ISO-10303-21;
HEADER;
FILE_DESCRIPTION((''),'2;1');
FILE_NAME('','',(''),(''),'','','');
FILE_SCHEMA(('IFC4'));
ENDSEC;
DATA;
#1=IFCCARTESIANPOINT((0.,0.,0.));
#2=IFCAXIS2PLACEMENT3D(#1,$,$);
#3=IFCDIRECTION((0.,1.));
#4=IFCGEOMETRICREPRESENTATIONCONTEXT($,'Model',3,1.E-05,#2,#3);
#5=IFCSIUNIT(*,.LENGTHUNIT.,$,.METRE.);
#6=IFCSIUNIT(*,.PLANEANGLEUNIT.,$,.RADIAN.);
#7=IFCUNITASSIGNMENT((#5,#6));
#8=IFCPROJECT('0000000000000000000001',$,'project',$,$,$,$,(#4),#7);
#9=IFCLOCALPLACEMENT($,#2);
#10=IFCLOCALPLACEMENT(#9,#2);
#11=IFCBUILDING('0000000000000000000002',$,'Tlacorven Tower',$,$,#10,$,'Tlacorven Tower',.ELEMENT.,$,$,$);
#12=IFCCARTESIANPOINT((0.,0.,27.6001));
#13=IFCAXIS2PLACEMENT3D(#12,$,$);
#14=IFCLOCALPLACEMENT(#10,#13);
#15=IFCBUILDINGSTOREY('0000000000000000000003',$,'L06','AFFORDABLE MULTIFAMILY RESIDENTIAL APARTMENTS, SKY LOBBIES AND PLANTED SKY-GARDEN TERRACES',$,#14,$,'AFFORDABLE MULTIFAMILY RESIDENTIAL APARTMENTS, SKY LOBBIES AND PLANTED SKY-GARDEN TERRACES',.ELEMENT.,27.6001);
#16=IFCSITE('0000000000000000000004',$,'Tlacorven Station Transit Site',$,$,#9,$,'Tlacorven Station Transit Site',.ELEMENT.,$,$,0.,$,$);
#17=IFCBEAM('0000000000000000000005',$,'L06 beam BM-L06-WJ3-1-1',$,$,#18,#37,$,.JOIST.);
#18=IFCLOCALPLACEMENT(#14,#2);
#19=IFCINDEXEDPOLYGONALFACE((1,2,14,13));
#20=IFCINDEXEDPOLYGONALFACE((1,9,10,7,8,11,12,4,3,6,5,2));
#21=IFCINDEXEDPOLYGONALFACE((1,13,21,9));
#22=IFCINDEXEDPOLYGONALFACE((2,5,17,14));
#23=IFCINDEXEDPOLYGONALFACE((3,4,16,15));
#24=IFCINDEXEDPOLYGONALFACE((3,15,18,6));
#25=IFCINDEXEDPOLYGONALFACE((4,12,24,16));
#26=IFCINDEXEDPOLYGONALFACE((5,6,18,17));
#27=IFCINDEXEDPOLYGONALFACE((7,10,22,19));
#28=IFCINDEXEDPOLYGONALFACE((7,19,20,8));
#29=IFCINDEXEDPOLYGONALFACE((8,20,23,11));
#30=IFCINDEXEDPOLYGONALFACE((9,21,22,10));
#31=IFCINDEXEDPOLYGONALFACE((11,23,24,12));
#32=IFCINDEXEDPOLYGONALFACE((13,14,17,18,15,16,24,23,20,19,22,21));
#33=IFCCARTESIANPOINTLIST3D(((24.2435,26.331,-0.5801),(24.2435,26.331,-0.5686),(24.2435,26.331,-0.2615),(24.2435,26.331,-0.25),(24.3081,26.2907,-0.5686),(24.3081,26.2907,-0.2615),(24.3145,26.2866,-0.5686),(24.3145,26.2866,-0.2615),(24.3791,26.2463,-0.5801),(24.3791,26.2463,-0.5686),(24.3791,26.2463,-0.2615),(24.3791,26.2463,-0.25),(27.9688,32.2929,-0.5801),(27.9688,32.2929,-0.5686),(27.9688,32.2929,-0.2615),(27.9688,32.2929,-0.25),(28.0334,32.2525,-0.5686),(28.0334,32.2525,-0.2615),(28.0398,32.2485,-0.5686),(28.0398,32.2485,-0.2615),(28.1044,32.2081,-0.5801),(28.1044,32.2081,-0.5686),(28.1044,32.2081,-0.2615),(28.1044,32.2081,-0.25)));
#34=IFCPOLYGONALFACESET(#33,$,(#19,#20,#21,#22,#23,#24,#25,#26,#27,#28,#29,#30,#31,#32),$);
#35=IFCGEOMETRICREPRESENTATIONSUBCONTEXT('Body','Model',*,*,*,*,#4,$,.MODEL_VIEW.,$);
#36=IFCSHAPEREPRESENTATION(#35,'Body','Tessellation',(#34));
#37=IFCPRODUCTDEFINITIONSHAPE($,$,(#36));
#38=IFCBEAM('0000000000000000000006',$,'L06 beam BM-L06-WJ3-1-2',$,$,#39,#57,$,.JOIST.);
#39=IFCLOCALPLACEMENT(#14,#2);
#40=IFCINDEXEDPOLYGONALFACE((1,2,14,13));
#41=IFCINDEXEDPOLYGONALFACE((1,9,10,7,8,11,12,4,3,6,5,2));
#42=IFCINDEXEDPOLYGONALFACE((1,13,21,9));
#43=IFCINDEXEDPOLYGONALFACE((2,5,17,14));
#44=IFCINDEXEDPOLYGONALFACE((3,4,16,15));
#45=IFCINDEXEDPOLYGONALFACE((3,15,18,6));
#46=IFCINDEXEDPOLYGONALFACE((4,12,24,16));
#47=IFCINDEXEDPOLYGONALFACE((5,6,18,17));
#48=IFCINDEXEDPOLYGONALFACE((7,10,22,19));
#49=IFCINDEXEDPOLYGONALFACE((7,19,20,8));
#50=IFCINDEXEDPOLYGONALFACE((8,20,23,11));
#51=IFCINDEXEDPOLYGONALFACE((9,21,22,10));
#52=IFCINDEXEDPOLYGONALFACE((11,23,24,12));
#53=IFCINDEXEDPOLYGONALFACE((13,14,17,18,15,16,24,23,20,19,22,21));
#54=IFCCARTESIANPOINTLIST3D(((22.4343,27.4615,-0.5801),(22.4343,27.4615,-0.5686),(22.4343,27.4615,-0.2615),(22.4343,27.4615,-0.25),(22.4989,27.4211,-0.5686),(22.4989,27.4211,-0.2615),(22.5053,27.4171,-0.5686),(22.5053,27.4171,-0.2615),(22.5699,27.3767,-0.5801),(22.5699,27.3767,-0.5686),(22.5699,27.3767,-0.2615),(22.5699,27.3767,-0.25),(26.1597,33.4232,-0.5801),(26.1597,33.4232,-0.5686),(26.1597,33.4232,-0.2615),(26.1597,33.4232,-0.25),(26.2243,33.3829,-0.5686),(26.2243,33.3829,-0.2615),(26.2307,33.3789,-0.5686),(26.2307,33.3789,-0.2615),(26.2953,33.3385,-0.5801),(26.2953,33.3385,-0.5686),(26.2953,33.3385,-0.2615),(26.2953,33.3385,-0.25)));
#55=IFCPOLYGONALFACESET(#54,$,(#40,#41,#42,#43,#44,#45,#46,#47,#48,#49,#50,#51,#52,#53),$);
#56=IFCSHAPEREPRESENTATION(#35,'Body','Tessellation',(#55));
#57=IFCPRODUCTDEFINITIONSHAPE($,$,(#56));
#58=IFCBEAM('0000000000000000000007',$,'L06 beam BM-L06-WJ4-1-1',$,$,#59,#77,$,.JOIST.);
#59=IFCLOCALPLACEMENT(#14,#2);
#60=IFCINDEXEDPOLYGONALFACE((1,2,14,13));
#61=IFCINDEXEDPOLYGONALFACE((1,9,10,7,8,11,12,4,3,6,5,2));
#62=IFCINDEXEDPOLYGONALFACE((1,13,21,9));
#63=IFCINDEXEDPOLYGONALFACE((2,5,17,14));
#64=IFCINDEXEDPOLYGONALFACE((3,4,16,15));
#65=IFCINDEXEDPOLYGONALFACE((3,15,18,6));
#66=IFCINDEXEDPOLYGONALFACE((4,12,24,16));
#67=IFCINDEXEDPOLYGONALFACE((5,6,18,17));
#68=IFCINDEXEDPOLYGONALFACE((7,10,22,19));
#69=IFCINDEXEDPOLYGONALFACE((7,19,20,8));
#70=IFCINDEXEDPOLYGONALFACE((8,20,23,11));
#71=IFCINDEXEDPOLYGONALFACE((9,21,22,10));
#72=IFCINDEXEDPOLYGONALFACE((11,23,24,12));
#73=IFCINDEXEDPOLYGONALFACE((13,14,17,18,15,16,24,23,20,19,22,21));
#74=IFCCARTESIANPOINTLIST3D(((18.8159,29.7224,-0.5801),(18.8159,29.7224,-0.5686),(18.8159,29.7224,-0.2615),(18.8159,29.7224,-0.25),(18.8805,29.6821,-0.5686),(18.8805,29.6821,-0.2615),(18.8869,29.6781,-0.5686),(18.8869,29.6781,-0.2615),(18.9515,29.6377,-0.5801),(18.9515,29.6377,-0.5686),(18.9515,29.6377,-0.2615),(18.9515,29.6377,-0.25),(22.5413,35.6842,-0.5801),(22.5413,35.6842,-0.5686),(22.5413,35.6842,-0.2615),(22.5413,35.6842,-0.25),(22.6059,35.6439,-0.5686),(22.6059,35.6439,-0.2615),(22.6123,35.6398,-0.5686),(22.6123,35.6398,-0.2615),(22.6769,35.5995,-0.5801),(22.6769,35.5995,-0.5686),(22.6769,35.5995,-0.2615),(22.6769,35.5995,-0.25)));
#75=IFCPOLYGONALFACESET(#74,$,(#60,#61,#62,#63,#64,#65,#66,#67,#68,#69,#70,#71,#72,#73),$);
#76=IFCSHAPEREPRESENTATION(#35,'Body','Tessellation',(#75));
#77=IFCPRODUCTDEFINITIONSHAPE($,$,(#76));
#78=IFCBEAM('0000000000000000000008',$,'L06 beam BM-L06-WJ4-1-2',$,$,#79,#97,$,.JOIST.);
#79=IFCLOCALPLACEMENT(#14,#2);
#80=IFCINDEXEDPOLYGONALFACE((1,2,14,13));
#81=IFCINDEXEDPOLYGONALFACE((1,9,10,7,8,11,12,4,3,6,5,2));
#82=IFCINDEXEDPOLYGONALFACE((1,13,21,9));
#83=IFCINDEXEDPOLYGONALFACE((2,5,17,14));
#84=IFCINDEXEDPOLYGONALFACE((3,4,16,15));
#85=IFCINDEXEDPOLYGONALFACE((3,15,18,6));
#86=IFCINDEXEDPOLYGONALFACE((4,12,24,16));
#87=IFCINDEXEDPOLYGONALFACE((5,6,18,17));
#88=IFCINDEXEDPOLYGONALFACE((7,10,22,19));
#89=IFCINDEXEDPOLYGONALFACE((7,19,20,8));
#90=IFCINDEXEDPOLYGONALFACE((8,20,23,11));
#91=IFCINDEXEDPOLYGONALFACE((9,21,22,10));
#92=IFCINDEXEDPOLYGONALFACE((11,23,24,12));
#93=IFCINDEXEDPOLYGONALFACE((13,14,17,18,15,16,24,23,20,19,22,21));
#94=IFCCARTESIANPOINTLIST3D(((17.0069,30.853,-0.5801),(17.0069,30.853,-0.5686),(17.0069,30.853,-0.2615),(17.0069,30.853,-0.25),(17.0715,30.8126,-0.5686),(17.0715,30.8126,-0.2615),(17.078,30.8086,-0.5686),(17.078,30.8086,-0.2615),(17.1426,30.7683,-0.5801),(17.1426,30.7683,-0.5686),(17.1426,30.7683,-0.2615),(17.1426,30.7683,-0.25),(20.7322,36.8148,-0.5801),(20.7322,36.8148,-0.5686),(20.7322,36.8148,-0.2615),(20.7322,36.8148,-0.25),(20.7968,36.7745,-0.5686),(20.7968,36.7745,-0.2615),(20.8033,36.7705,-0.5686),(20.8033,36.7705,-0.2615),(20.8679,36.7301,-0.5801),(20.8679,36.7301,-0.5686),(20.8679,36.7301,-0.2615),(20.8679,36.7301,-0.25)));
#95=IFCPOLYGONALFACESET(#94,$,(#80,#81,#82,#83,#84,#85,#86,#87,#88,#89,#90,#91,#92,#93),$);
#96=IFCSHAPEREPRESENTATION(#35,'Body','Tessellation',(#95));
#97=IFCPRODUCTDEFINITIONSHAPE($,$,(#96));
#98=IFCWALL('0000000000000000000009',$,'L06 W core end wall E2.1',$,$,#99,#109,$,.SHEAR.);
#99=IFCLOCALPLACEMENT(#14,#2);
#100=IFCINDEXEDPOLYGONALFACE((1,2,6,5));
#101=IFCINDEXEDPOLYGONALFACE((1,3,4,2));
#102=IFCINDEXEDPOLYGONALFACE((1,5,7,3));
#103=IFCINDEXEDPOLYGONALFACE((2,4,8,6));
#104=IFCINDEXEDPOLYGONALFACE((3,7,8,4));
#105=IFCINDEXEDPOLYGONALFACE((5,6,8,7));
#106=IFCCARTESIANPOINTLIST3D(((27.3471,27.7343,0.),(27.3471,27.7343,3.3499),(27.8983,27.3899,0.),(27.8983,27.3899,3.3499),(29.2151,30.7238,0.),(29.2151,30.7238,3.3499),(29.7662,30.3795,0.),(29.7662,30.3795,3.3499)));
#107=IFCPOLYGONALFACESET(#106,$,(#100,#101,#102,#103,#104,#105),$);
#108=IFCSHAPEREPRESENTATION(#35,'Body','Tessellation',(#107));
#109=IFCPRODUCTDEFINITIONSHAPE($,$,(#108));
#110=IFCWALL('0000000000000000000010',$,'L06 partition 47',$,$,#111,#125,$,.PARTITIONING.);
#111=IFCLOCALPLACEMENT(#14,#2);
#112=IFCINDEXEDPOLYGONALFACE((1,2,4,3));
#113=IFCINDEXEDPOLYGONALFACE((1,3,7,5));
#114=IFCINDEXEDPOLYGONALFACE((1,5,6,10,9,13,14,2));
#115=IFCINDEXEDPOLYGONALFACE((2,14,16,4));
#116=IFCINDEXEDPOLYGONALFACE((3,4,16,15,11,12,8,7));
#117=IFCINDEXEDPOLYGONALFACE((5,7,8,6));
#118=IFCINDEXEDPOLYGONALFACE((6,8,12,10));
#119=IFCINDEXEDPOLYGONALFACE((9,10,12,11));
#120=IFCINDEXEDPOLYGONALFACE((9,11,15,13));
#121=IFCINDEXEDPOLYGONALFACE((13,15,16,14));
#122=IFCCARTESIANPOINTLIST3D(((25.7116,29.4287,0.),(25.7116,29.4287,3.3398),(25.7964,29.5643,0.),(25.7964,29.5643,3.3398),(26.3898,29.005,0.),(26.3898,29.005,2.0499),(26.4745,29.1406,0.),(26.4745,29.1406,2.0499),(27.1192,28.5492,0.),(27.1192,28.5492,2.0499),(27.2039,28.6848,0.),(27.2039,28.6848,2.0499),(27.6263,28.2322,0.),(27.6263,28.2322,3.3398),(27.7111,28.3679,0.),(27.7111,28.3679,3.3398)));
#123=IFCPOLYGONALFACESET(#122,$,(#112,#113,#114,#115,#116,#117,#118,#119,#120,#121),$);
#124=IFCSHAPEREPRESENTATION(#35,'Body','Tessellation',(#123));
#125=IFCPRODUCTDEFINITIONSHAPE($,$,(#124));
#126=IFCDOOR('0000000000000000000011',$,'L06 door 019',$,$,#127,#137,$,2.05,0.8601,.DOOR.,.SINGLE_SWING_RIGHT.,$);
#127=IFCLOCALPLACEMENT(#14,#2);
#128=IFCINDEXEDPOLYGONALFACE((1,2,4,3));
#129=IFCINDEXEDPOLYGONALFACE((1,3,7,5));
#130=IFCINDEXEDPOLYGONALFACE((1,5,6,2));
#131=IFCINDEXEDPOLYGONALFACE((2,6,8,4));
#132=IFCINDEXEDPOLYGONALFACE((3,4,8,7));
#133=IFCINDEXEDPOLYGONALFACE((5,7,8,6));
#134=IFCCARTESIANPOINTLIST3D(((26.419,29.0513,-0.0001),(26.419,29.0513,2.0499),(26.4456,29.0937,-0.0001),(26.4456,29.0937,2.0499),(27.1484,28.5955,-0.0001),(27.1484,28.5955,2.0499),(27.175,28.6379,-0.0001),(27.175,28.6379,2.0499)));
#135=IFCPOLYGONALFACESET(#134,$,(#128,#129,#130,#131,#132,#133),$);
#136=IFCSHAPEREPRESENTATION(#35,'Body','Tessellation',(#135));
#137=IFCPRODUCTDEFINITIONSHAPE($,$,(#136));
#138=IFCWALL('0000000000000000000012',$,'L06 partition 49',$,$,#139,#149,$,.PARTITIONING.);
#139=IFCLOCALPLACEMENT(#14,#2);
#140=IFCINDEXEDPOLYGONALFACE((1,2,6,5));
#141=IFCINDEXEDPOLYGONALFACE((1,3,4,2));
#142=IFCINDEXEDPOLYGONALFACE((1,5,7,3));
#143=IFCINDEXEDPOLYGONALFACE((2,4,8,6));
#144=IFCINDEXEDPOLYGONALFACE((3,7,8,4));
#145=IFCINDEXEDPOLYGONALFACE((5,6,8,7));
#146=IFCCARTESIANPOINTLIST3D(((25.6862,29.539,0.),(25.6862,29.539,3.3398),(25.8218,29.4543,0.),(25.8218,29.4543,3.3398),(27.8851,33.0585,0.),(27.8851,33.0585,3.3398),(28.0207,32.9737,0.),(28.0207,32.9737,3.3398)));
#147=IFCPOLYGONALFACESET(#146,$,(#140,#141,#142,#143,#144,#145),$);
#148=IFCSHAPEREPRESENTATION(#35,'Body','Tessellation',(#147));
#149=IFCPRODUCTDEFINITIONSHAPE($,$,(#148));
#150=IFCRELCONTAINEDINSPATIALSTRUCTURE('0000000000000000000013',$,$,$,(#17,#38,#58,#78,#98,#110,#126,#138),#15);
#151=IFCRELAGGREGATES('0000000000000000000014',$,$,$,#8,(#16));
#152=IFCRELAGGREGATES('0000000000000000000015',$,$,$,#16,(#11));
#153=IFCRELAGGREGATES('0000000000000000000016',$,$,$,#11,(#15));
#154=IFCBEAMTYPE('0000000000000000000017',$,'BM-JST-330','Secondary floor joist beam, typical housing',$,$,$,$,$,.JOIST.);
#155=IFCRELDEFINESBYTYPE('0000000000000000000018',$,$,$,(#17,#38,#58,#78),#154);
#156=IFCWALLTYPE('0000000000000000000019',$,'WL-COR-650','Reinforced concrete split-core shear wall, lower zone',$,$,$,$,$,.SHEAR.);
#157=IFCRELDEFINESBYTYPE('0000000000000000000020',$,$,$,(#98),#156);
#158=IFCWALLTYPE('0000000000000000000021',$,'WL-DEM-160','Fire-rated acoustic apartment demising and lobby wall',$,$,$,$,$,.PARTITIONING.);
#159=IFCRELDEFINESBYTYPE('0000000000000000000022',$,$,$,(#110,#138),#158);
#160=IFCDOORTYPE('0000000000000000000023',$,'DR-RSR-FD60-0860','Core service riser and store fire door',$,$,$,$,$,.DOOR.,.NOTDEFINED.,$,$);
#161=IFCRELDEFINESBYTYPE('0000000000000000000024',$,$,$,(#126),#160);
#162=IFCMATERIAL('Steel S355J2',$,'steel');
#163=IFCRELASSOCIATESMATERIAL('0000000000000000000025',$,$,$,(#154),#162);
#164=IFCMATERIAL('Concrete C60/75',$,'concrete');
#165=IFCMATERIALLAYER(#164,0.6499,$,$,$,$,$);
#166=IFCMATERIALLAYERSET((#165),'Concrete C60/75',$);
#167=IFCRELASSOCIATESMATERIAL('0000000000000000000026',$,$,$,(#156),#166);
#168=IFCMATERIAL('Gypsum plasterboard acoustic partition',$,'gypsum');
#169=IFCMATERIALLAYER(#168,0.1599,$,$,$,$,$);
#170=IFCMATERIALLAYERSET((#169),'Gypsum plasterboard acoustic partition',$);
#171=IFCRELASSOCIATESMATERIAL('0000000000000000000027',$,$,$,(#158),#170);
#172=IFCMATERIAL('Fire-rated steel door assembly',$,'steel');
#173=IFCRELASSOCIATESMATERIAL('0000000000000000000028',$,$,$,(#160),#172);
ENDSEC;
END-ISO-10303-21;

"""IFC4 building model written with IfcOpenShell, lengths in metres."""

from ifc_helpers import new_model, si_unit, direction, frame, frame_2d, origin, origin_2d, place, context, subcontext, project, spatial, rectangle, i_section, extrude, source, transform, mapped, material, layer, layer_set, material_profile, profile_set, type_object, element, fill, save


model = new_model("IFC4")

# Units and contexts
model_context = context("Model", 3, precision=1e-05, world=origin(), true_north=direction((0.0, 1.0)))
body_context = subcontext(model_context, "Body", "Model", "MODEL_VIEW")
ifc_project = project(units=[si_unit("LENGTHUNIT", "METRE"), si_unit("PLANEANGLEUNIT", "RADIAN")], contexts=[model_context])

# Site, building, storey
site_placement = place(None, origin())
site = spatial("IfcSite", under=ifc_project, at=site_placement, Name="Tlacorven Station Transit Site", LongName="Tlacorven Station Transit Site", CompositionType="ELEMENT", RefElevation=0.0)
building_placement = place(site_placement, origin())
building = spatial("IfcBuilding", under=site, at=building_placement, Name="Tlacorven Tower", LongName="Tlacorven Tower", CompositionType="ELEMENT")
storey_placement = place(building_placement, frame((0.0, 0.0, 27.6001)))
storey = spatial("IfcBuildingStorey", under=building, at=storey_placement, Name="L06", Description="AFFORDABLE MULTIFAMILY RESIDENTIAL APARTMENTS, SKY LOBBIES AND PLANTED SKY-GARDEN TERRACES", LongName="AFFORDABLE MULTIFAMILY RESIDENTIAL APARTMENTS, SKY LOBBIES AND PLANTED SKY-GARDEN TERRACES", CompositionType="ELEMENT", Elevation=27.6001)

# Beams
ifc_material_1 = material(Name="Steel S355J2", Category="steel")
ifc_material_profile_1 = material_profile(ifc_material_1, i_section(OverallWidth=0.1599, OverallDepth=0.3301, WebThickness=0.0076, FlangeThickness=0.0115, at=origin_2d()), Name="IPE 330")
ifc_profile_set_1 = profile_set([ifc_material_profile_1], Name="Steel S355J2")
beam_type_1 = type_object("IfcBeamType", Name="BM-JST-330", Description="Secondary floor joist beam, typical housing", PredefinedType="JOIST", material=ifc_profile_set_1)
shared_shape_1 = source(origin(), body_context, "Body", "SweptSolid", [
    extrude(i_section(OverallWidth=0.1599, OverallDepth=0.3301, WebThickness=0.0076, FlangeThickness=0.0115, at=origin_2d()), origin(), (0.0, 0.0, 1.0), 7.03),
])
for number, where, z_axis, x_axis, name in (
    (1, (28.0366, 32.2505, -0.415), (-0.529912, -0.848053, 0.0), (0.848053, -0.529912, 0.0), "L06 beam BM-L06-WJ3-1-1"),
    (2, (26.2275, 33.3809, -0.415), (-0.529927, -0.848043, 0.0), (0.848043, -0.529927, 0.0), "L06 beam BM-L06-WJ3-1-2"),
    (3, (22.6091, 35.6418, -0.415), (-0.529927, -0.848043, 0.0), (0.848043, -0.529927, 0.0), "L06 beam BM-L06-WJ4-1-1"),
    (4, (20.8, 36.7725, -0.415), (-0.529912, -0.848053, 0.0), (0.848053, -0.529912, 0.0), "L06 beam BM-L06-WJ4-1-2"),
):
    element("IfcBeam", number, at=place(storey_placement, frame(where, z_axis=z_axis, x_axis=x_axis)), inside=storey, type_object=beam_type_1, Name=name, PredefinedType="JOIST", context=body_context, shape_type="MappedRepresentation", body=[
        mapped(shared_shape_1, transform((0.0, 0.0, 0.0), scale=1.0)),
    ])

# Wall
ifc_material_2 = material(Name="Concrete C60/75", Category="concrete")
ifc_layer_1 = layer(ifc_material_2, 0.6499)
ifc_layer_set_1 = layer_set([ifc_layer_1], Name="Concrete C60/75")
wall_type_1 = type_object("IfcWallType", Name="WL-COR-650", Description="Reinforced concrete split-core shear wall, lower zone", PredefinedType="SHEAR", material=ifc_layer_set_1)
wall_1_placement = place(storey_placement, frame((29.4907, 30.5518, 0.0), z_axis=(0.0, 0.0, 1.0), x_axis=(-0.529893, -0.848064, 0.0)))
element("IfcWall", 5, at=wall_1_placement, inside=storey, type_object=wall_type_1, Name="L06 W core end wall E2.1", PredefinedType="SHEAR", context=body_context, shape_type="SweptSolid", body=[
    extrude(rectangle(XDim=3.5251, YDim=0.6499, at=frame_2d((1.7627, 0.0))), origin(), (0.0, 0.0, 1.0), 3.3499),
])

# Wall, opening, door
ifc_material_3 = material(Name="Gypsum plasterboard acoustic partition", Category="gypsum")
ifc_layer_2 = layer(ifc_material_3, 0.1599)
ifc_layer_set_2 = layer_set([ifc_layer_2], Name="Gypsum plasterboard acoustic partition")
wall_type_2 = type_object("IfcWallType", Name="WL-DEM-160", Description="Fire-rated acoustic apartment demising and lobby wall", PredefinedType="PARTITIONING", material=ifc_layer_set_2)
wall_2_placement = place(storey_placement, frame((27.6687, 28.3, 0.0), z_axis=(0.0, 0.0, 1.0), x_axis=(-0.848041, 0.529931, 0.0)))
wall_2 = element("IfcWall", 6, at=wall_2_placement, inside=storey, type_object=wall_type_2, Name="L06 partition 47", PredefinedType="PARTITIONING", context=body_context, shape_type="SweptSolid", body=[
    extrude(rectangle(XDim=2.2578, YDim=0.1599, at=frame_2d((1.1289, 0.0))), origin(), (0.0, 0.0, 1.0), 3.3398),
])
opening_1_placement = place(wall_2_placement, frame((0.5979, 0.0, 0.0)))
opening_1 = element("IfcOpeningElement", 7, at=opening_1_placement, cuts=wall_2, PredefinedType="OPENING", context=body_context, shape_type="SweptSolid", body=[
    extrude(rectangle(XDim=0.8601, YDim=2.05, at=frame_2d((0.4302, 1.0249))), frame((0.0, 0.0898, 0.0), z_axis=(0.0, -1.0, 0.0), x_axis=(1.0, 0.0, 0.0)), (0.0, 0.0, 1.0), 0.1799),
])
ifc_material_4 = material(Name="Fire-rated steel door assembly", Category="steel")
door_type_1 = type_object("IfcDoorType", Name="DR-RSR-FD60-0860", Description="Core service riser and store fire door", OperationType="NOTDEFINED", PredefinedType="DOOR", material=ifc_material_4)
shared_shape_2 = source(origin(), body_context, "Body", "SweptSolid", [
    extrude(rectangle(XDim=0.8601, YDim=2.05, at=frame_2d((0.4302, 1.0249))), frame((0.0, 0.0249, 0.0), z_axis=(0.0, -1.0, 0.0), x_axis=(1.0, 0.0, 0.0)), (0.0, 0.0, 1.0), 0.05),
])
door_1_placement = place(opening_1_placement, frame((0.8601, 0.0, 0.0), z_axis=(0.0, 0.0, 1.0), x_axis=(-1.0, 0.0, 0.0)))
door_1 = element("IfcDoor", 8, at=door_1_placement, inside=storey, type_object=door_type_1, Name="L06 door 019", OperationType="SINGLE_SWING_RIGHT", OverallHeight=2.05, OverallWidth=0.8601, PredefinedType="DOOR", context=body_context, shape_type="MappedRepresentation", body=[
    mapped(shared_shape_2, transform((0.0, 0.0, 0.0), scale=1.0)),
])
fill(opening_1, door_1)

# Wall
wall_3_placement = place(storey_placement, frame((27.9529, 33.0161, 0.0), z_axis=(0.0, 0.0, 1.0), x_axis=(-0.529872, -0.848078, 0.0)))
element("IfcWall", 9, at=wall_3_placement, inside=storey, type_object=wall_type_2, Name="L06 partition 49", PredefinedType="PARTITIONING", context=body_context, shape_type="SweptSolid", body=[
    extrude(rectangle(XDim=4.1499, YDim=0.1599, at=frame_2d((2.075, 0.0))), origin(), (0.0, 0.0, 1.0), 3.3398),
])

save(model, "model.ifc")
